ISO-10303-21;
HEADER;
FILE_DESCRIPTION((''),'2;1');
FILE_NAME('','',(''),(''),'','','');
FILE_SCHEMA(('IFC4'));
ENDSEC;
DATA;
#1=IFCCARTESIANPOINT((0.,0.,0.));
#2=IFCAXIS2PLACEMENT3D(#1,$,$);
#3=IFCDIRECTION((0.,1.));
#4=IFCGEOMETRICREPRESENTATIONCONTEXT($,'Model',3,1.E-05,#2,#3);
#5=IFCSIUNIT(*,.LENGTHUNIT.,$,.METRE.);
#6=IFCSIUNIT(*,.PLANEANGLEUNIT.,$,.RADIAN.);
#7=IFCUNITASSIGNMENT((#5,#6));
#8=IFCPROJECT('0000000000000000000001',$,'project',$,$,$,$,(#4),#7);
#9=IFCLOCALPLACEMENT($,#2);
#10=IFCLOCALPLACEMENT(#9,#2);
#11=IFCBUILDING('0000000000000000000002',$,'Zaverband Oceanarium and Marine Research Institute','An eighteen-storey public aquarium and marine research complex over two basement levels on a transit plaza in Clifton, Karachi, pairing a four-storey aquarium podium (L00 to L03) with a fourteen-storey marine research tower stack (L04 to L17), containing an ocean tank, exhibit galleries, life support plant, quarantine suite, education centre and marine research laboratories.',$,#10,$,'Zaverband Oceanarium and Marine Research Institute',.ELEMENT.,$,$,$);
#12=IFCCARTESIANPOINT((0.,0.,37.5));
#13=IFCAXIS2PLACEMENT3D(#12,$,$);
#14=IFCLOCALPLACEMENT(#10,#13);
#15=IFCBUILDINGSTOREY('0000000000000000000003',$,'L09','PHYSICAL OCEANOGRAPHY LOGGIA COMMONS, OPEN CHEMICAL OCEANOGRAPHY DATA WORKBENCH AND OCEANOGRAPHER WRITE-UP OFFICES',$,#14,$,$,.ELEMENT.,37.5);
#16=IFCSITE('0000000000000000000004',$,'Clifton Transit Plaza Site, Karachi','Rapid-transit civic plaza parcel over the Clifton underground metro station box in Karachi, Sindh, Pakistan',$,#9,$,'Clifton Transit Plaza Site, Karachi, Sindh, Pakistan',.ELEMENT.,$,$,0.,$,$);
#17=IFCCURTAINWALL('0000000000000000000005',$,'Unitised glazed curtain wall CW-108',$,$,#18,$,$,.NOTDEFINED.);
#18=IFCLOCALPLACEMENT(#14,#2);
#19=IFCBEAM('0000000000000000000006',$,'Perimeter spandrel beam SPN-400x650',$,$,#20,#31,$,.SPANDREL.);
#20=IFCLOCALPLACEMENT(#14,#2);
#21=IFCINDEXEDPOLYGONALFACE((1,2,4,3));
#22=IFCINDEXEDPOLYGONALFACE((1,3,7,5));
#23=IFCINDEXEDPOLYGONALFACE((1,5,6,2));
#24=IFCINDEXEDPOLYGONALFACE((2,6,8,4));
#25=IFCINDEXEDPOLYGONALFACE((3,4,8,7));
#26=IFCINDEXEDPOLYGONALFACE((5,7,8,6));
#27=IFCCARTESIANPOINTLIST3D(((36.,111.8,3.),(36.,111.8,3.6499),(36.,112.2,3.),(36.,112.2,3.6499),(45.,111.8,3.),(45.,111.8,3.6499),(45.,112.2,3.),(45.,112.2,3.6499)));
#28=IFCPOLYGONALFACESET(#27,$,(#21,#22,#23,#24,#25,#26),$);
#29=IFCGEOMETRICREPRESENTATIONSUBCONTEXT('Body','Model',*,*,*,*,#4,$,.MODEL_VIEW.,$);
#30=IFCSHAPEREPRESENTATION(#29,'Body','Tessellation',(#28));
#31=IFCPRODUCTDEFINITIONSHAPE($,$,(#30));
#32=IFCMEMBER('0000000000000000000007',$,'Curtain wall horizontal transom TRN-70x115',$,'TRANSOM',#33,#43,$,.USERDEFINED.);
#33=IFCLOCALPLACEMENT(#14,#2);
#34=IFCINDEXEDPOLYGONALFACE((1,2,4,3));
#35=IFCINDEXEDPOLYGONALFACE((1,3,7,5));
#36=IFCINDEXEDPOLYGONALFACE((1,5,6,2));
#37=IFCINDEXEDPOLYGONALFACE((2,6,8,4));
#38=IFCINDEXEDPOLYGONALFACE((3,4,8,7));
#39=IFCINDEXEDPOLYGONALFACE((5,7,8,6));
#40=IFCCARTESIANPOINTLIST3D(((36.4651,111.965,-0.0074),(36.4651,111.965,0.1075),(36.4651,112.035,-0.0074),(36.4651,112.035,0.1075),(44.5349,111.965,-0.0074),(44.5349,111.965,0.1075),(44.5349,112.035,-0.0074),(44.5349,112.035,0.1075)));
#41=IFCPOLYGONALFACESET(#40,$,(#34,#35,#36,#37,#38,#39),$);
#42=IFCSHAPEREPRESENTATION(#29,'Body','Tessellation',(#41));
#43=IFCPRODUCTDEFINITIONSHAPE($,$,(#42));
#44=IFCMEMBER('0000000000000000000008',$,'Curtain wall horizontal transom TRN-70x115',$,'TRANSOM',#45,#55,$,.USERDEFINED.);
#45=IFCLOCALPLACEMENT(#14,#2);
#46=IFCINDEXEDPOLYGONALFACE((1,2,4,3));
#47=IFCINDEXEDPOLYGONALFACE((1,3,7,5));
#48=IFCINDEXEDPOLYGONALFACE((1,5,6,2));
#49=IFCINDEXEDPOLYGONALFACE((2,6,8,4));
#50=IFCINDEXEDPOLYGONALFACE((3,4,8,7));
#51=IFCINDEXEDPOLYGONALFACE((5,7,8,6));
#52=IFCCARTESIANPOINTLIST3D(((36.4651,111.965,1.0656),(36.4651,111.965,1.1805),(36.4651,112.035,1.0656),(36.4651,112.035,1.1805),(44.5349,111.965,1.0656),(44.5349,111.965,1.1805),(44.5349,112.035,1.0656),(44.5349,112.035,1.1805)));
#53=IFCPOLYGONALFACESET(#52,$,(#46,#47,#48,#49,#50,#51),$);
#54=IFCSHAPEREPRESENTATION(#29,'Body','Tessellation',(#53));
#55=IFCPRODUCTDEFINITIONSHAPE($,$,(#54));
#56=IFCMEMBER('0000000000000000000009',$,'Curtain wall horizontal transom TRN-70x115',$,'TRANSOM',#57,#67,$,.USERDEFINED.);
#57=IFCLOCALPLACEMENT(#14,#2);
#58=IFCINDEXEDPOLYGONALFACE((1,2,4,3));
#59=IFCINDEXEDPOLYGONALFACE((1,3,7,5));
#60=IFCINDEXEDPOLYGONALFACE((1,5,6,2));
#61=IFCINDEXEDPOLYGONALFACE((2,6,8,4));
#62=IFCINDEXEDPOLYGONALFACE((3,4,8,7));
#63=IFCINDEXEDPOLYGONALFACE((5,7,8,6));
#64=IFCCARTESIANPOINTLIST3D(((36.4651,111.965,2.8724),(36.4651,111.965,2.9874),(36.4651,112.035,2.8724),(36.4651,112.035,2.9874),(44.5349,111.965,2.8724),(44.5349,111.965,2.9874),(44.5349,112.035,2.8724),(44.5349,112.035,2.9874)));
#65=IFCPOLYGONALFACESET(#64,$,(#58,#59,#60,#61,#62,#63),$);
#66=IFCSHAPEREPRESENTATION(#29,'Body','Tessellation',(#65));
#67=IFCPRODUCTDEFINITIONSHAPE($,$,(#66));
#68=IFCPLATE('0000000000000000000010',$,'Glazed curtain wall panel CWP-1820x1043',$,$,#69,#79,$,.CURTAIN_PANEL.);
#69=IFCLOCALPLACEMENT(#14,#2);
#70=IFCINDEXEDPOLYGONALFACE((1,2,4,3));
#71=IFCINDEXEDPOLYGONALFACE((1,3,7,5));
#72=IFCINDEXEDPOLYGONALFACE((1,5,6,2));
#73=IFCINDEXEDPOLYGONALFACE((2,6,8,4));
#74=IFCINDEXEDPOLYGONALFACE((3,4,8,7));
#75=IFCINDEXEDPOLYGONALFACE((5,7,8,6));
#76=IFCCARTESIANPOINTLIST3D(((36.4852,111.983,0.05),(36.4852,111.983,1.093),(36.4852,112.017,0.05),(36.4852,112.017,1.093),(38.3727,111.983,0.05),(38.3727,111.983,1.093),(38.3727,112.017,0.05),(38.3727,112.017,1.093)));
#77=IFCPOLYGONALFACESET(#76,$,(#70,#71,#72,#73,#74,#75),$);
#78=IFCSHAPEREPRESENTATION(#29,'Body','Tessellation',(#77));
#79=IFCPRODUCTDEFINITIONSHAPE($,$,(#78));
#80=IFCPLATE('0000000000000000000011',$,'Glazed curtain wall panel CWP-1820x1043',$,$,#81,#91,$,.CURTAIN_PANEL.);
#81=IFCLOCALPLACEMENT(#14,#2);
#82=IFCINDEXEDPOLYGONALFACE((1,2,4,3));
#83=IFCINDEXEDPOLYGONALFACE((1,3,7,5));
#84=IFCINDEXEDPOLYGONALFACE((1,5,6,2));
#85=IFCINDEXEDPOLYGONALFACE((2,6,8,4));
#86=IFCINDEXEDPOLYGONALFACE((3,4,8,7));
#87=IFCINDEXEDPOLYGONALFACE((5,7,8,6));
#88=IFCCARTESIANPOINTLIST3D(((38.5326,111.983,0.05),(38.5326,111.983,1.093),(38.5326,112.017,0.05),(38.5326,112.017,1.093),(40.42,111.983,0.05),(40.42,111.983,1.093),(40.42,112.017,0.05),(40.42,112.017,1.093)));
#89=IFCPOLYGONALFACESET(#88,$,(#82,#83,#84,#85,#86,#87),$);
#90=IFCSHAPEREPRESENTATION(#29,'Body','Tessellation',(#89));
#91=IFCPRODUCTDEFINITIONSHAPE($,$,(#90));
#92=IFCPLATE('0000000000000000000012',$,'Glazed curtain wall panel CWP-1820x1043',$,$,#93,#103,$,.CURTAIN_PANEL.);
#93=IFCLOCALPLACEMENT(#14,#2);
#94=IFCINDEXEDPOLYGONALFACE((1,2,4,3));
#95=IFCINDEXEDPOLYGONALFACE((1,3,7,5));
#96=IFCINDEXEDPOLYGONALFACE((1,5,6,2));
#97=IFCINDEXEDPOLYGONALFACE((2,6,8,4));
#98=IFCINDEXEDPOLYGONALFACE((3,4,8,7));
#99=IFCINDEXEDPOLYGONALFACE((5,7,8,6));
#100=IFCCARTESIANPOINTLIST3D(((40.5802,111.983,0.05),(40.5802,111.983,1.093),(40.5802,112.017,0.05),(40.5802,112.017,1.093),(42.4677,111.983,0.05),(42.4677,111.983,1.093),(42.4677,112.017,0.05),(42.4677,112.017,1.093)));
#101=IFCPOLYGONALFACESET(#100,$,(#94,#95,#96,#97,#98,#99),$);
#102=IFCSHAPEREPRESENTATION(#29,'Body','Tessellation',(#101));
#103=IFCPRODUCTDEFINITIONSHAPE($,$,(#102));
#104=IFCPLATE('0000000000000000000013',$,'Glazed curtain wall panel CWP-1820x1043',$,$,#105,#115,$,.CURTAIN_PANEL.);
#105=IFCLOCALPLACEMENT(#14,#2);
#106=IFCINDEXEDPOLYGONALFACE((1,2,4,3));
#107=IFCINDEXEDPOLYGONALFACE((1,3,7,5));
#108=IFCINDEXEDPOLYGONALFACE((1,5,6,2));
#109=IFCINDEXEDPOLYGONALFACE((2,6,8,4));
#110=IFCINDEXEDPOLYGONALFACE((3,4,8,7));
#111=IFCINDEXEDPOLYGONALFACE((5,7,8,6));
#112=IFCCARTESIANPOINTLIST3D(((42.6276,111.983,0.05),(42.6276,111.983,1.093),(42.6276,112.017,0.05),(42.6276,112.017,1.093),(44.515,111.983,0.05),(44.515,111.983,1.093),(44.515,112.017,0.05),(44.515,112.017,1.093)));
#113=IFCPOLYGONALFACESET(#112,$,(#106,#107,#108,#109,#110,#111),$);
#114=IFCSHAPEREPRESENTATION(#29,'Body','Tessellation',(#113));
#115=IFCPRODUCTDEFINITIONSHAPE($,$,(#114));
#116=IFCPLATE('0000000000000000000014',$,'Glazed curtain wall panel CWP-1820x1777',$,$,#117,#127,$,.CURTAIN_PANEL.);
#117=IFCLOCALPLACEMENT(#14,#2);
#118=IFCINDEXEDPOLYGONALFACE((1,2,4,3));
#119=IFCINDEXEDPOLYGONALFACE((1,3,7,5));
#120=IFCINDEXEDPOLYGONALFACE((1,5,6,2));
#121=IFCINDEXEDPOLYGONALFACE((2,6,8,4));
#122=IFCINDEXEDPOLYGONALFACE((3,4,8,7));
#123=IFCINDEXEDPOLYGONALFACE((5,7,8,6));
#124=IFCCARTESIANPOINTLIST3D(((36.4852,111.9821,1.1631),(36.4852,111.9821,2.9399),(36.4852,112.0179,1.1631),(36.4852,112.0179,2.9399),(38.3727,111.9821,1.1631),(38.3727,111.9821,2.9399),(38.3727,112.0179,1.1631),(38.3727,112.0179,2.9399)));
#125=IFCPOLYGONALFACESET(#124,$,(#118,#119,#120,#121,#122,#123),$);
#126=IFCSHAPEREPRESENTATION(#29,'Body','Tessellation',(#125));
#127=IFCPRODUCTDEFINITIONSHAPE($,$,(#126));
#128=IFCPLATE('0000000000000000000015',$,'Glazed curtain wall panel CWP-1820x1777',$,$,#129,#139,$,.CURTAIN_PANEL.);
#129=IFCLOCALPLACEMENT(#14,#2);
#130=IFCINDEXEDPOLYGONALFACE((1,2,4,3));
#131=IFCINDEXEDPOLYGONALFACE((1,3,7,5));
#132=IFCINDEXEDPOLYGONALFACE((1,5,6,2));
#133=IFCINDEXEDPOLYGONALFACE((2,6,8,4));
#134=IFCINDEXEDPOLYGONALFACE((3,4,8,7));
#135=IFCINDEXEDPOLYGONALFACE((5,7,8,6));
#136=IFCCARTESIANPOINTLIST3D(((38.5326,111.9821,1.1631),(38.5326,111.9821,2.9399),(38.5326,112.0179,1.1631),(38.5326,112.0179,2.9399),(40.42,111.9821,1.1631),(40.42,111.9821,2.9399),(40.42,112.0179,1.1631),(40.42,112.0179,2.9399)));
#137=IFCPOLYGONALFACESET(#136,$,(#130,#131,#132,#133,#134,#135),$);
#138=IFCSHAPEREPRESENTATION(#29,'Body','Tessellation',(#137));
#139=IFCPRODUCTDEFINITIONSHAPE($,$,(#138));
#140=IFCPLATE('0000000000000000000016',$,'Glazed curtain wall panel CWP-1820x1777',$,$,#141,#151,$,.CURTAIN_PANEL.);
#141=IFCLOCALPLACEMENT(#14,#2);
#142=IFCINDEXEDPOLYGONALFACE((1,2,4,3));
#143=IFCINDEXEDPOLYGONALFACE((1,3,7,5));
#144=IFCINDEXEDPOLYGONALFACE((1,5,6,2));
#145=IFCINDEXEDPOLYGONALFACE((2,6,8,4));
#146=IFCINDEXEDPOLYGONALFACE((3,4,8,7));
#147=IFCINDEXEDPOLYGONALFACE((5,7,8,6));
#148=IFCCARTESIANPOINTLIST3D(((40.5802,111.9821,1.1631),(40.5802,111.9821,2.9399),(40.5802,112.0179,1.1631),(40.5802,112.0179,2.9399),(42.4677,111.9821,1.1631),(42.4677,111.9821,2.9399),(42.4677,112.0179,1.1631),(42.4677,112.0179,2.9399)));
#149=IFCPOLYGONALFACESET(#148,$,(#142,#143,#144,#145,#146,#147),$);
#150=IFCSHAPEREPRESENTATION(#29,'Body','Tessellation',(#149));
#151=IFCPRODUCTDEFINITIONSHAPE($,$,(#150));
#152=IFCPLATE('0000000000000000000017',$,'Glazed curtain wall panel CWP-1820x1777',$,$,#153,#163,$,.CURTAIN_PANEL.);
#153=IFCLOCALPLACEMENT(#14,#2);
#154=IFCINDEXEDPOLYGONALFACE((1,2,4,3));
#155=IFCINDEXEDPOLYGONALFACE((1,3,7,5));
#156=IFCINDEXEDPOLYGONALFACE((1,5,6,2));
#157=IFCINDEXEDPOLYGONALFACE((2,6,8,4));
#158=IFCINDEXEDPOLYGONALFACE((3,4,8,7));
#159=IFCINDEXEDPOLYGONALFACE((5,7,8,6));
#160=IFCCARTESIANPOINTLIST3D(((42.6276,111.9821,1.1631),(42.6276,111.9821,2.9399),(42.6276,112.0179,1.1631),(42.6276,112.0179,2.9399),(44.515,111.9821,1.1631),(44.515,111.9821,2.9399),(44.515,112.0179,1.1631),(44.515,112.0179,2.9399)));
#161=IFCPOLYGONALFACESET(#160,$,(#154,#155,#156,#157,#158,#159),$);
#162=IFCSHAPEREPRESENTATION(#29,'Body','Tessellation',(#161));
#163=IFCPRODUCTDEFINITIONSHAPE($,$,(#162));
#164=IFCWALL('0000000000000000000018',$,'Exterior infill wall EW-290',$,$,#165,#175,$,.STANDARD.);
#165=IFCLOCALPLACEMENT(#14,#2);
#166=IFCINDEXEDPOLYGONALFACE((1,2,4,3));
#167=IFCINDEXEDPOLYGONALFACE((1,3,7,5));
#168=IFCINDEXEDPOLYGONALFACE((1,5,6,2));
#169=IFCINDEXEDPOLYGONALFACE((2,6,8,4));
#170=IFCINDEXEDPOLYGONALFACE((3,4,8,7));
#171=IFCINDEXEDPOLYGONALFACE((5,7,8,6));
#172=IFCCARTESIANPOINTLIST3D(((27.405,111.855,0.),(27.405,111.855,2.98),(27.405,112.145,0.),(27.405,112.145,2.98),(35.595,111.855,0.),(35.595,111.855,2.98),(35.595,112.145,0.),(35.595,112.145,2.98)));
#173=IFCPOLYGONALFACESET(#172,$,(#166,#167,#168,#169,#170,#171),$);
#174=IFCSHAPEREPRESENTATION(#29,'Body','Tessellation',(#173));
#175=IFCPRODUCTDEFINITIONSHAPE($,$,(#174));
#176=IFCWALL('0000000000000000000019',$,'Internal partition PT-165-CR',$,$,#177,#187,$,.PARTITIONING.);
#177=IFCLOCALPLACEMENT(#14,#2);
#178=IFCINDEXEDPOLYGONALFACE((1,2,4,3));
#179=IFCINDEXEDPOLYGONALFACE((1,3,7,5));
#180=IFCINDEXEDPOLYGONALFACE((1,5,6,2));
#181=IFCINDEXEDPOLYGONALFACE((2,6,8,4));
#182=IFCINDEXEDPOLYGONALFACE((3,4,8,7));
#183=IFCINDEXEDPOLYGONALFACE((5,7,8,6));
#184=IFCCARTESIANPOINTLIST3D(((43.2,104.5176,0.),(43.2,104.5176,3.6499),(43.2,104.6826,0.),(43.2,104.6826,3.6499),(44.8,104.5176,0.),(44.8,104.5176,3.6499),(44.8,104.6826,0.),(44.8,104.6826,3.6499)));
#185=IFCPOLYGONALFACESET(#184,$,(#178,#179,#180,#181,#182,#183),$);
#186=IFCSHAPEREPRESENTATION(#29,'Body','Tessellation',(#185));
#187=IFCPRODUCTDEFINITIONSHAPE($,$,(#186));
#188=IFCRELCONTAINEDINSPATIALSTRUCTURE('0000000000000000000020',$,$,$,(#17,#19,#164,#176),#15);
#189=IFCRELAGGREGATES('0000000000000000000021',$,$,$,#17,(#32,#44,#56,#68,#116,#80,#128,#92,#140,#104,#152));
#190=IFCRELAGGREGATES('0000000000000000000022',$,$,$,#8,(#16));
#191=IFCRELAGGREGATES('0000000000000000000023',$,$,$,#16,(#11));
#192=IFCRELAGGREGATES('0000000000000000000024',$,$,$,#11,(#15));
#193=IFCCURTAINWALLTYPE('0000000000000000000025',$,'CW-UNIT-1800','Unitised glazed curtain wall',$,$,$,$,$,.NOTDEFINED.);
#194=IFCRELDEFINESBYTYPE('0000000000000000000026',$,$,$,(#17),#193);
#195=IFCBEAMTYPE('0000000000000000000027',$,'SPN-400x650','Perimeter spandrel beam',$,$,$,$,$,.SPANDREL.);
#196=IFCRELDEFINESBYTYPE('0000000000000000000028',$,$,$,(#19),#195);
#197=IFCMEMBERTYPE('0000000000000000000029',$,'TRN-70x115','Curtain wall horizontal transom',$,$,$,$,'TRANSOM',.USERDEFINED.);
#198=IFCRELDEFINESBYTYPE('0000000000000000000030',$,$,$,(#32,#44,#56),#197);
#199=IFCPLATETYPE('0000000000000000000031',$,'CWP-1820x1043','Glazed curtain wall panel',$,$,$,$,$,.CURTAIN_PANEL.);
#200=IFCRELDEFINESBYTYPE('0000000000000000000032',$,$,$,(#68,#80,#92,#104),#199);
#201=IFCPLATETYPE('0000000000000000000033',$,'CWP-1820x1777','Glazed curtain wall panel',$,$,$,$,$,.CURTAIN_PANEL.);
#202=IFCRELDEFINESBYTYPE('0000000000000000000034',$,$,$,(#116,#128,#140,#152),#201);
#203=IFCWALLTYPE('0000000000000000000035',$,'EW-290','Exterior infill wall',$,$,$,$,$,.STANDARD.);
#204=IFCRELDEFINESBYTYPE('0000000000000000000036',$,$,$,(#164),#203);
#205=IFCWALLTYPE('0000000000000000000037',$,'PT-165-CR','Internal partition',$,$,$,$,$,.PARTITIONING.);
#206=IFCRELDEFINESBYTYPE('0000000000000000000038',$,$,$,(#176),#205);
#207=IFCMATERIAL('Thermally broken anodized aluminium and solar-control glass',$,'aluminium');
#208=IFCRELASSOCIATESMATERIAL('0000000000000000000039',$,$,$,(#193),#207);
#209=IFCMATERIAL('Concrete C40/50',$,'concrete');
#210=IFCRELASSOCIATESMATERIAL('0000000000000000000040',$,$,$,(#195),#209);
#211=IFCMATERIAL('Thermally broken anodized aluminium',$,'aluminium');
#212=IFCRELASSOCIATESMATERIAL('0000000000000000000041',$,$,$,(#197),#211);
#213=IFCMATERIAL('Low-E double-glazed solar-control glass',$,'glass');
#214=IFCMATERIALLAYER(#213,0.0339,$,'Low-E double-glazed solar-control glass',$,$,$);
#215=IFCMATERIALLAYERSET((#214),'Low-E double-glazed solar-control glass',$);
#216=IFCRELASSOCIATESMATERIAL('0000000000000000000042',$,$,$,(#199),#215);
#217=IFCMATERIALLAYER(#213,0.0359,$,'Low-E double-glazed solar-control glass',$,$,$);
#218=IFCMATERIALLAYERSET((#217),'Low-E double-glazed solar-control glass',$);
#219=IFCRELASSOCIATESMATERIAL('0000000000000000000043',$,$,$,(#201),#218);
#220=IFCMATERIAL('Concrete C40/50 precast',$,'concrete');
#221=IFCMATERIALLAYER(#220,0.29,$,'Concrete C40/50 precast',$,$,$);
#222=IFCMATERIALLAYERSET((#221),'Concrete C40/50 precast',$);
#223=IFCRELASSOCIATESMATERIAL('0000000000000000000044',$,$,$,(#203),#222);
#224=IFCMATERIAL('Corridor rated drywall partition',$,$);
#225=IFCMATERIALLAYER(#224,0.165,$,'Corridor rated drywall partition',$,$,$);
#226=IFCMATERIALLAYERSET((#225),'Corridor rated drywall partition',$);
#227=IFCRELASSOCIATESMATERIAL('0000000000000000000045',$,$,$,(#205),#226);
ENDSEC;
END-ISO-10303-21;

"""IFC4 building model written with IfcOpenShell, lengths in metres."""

from ifc_helpers import new_model, si_unit, direction, frame, frame_2d, origin, origin_2d, place, context, subcontext, project, spatial, rectangle, extrude, material, layer, layer_set, material_profile, profile_set, type_object, element, aggregate, save


model = new_model("IFC4")

# Units and contexts
model_context = context("Model", 3, precision=1e-05, world=origin(), true_north=direction((0.0, 1.0)))
body_context = subcontext(model_context, "Body", "Model", "MODEL_VIEW")
ifc_project = project(units=[si_unit("LENGTHUNIT", "METRE"), si_unit("PLANEANGLEUNIT", "RADIAN")], contexts=[model_context])

# Site, building, storey
site_placement = place(None, origin())
site = spatial("IfcSite", under=ifc_project, at=site_placement, Name="Clifton Transit Plaza Site, Karachi", Description="Rapid-transit civic plaza parcel over the Clifton underground metro station box in Karachi, Sindh, Pakistan", LongName="Clifton Transit Plaza Site, Karachi, Sindh, Pakistan", CompositionType="ELEMENT", RefElevation=0.0)
building_placement = place(site_placement, origin())
building = spatial("IfcBuilding", under=site, at=building_placement, Name="Zaverband Oceanarium and Marine Research Institute", Description="An eighteen-storey public aquarium and marine research complex over two basement levels on a transit plaza in Clifton, Karachi, pairing a four-storey aquarium podium (L00 to L03) with a fourteen-storey marine research tower stack (L04 to L17), containing an ocean tank, exhibit galleries, life support plant, quarantine suite, education centre and marine research laboratories.", LongName="Zaverband Oceanarium and Marine Research Institute", CompositionType="ELEMENT")
storey_placement = place(building_placement, frame((0.0, 0.0, 37.5)))
storey = spatial("IfcBuildingStorey", under=building, at=storey_placement, Name="L09", Description="PHYSICAL OCEANOGRAPHY LOGGIA COMMONS, OPEN CHEMICAL OCEANOGRAPHY DATA WORKBENCH AND OCEANOGRAPHER WRITE-UP OFFICES", CompositionType="ELEMENT", Elevation=37.5)

# Shared definitions
ifc_material_1 = material(Name="Concrete C40/50", Category="concrete")

# Curtain wall
ifc_material_2 = material(Name="Thermally broken anodized aluminium and solar-control glass", Category="aluminium")
curtain_wall_type = type_object("IfcCurtainWallType", Name="CW-UNIT-1800", Description="Unitised glazed curtain wall", PredefinedType="NOTDEFINED", material=ifc_material_2)
curtain_wall_placement = place(storey_placement, origin())
curtain_wall = element("IfcCurtainWall", 1, at=curtain_wall_placement, inside=storey, type_object=curtain_wall_type, Name="Unitised glazed curtain wall CW-108", PredefinedType="NOTDEFINED")
ifc_material_3 = material(Name="Thermally broken anodized aluminium", Category="aluminium")

# Beam
ifc_material_profile_1 = material_profile(ifc_material_1, rectangle(XDim=0.3999, YDim=0.6499, at=origin_2d()), Name="RC400x650")
ifc_profile_set_1 = profile_set([ifc_material_profile_1], Name="Concrete C40/50")
beam_type_1 = type_object("IfcBeamType", Name="SPN-400x650", Description="Perimeter spandrel beam", PredefinedType="SPANDREL", material=ifc_profile_set_1)
beam_1_placement = place(storey_placement, frame((36.0, 112.0, 3.325), z_axis=(1.0, 0.0, 0.0), x_axis=(0.0, 1.0, 0.0)))
element("IfcBeam", 2, at=beam_1_placement, inside=storey, type_object=beam_type_1, Name="Perimeter spandrel beam SPN-400x650", PredefinedType="SPANDREL", context=body_context, shape_type="SweptSolid", body=[
    extrude(rectangle(XDim=0.3999, YDim=0.6499, at=origin_2d()), origin(), (0.0, 0.0, 1.0), 9.0),
])

# Members
ifc_material_profile_2 = material_profile(ifc_material_3, rectangle(XDim=0.0701, YDim=0.115, at=origin_2d()), Name="AL-TRN-70x115")
ifc_profile_set_2 = profile_set([ifc_material_profile_2], Name="Thermally broken anodized aluminium")
member_type_1 = type_object("IfcMemberType", Name="TRN-70x115", Description="Curtain wall horizontal transom", ElementType="TRANSOM", PredefinedType="USERDEFINED", material=ifc_profile_set_2)
member_1_placement = place(storey_placement, frame((36.4651, 112.0, 0.05), z_axis=(1.0, 0.0, 0.0), x_axis=(0.0, 1.0, 0.0)))
member_1 = element("IfcMember", 3, at=member_1_placement, type_object=member_type_1, Name="Curtain wall horizontal transom TRN-70x115", ObjectType="TRANSOM", PredefinedType="USERDEFINED", context=body_context, shape_type="SweptSolid", body=[
    extrude(rectangle(XDim=0.0701, YDim=0.115, at=origin_2d()), origin(), (0.0, 0.0, 1.0), 8.0698),
])
member_2_placement = place(storey_placement, frame((36.4651, 112.0, 1.123), z_axis=(1.0, 0.0, 0.0), x_axis=(0.0, 1.0, 0.0)))
member_2 = element("IfcMember", 4, at=member_2_placement, type_object=member_type_1, Name="Curtain wall horizontal transom TRN-70x115", ObjectType="TRANSOM", PredefinedType="USERDEFINED", context=body_context, shape_type="SweptSolid", body=[
    extrude(rectangle(XDim=0.0701, YDim=0.115, at=origin_2d()), origin(), (0.0, 0.0, 1.0), 8.0698),
])
member_3_placement = place(storey_placement, frame((36.4651, 112.0, 2.9299), z_axis=(1.0, 0.0, 0.0), x_axis=(0.0, 1.0, 0.0)))
member_3 = element("IfcMember", 5, at=member_3_placement, type_object=member_type_1, Name="Curtain wall horizontal transom TRN-70x115", ObjectType="TRANSOM", PredefinedType="USERDEFINED", context=body_context, shape_type="SweptSolid", body=[
    extrude(rectangle(XDim=0.0701, YDim=0.115, at=origin_2d()), origin(), (0.0, 0.0, 1.0), 8.0698),
])

# Plates
ifc_material_4 = material(Name="Low-E double-glazed solar-control glass", Category="glass")
ifc_layer_1 = layer(ifc_material_4, 0.0339, Name="Low-E double-glazed solar-control glass")
ifc_layer_set_1 = layer_set([ifc_layer_1], Name="Low-E double-glazed solar-control glass")
plate_type_1 = type_object("IfcPlateType", Name="CWP-1820x1043", Description="Glazed curtain wall panel", PredefinedType="CURTAIN_PANEL", material=ifc_layer_set_1)
plate_1_placement = place(storey_placement, frame((36.4851, 112.0, 0.05), z_axis=(0.0, 0.0, 1.0), x_axis=(1.0, 0.0, 0.0)))
plate_1 = element("IfcPlate", 6, at=plate_1_placement, type_object=plate_type_1, Name="Glazed curtain wall panel CWP-1820x1043", PredefinedType="CURTAIN_PANEL", context=body_context, shape_type="SweptSolid", body=[
    extrude(rectangle(XDim=1.8875, YDim=0.0339, at=frame_2d((0.9438, 0.0))), origin(), (0.0, 0.0, 1.0), 1.043),
])
plate_2_placement = place(storey_placement, frame((38.5325, 112.0, 0.05), z_axis=(0.0, 0.0, 1.0), x_axis=(1.0, 0.0, 0.0)))
plate_2 = element("IfcPlate", 7, at=plate_2_placement, type_object=plate_type_1, Name="Glazed curtain wall panel CWP-1820x1043", PredefinedType="CURTAIN_PANEL", context=body_context, shape_type="SweptSolid", body=[
    extrude(rectangle(XDim=1.8875, YDim=0.0339, at=frame_2d((0.9438, 0.0))), origin(), (0.0, 0.0, 1.0), 1.043),
])
plate_3_placement = place(storey_placement, frame((40.5801, 112.0, 0.05), z_axis=(0.0, 0.0, 1.0), x_axis=(1.0, 0.0, 0.0)))
plate_3 = element("IfcPlate", 8, at=plate_3_placement, type_object=plate_type_1, Name="Glazed curtain wall panel CWP-1820x1043", PredefinedType="CURTAIN_PANEL", context=body_context, shape_type="SweptSolid", body=[
    extrude(rectangle(XDim=1.8875, YDim=0.0339, at=frame_2d((0.9438, 0.0))), origin(), (0.0, 0.0, 1.0), 1.043),
])
plate_4_placement = place(storey_placement, frame((42.6274, 112.0, 0.05), z_axis=(0.0, 0.0, 1.0), x_axis=(1.0, 0.0, 0.0)))
plate_4 = element("IfcPlate", 9, at=plate_4_placement, type_object=plate_type_1, Name="Glazed curtain wall panel CWP-1820x1043", PredefinedType="CURTAIN_PANEL", context=body_context, shape_type="SweptSolid", body=[
    extrude(rectangle(XDim=1.8875, YDim=0.0339, at=frame_2d((0.9438, 0.0))), origin(), (0.0, 0.0, 1.0), 1.043),
])
ifc_layer_2 = layer(ifc_material_4, 0.0359, Name="Low-E double-glazed solar-control glass")
ifc_layer_set_2 = layer_set([ifc_layer_2], Name="Low-E double-glazed solar-control glass")
plate_type_2 = type_object("IfcPlateType", Name="CWP-1820x1777", Description="Glazed curtain wall panel", PredefinedType="CURTAIN_PANEL", material=ifc_layer_set_2)
plate_5_placement = place(storey_placement, frame((36.4851, 112.0, 1.1631), z_axis=(0.0, 0.0, 1.0), x_axis=(1.0, 0.0, 0.0)))
plate_5 = element("IfcPlate", 10, at=plate_5_placement, type_object=plate_type_2, Name="Glazed curtain wall panel CWP-1820x1777", PredefinedType="CURTAIN_PANEL", context=body_context, shape_type="SweptSolid", body=[
    extrude(rectangle(XDim=1.8875, YDim=0.0359, at=frame_2d((0.9438, 0.0))), origin(), (0.0, 0.0, 1.0), 1.7769),
])
plate_6_placement = place(storey_placement, frame((38.5325, 112.0, 1.1631), z_axis=(0.0, 0.0, 1.0), x_axis=(1.0, 0.0, 0.0)))
plate_6 = element("IfcPlate", 11, at=plate_6_placement, type_object=plate_type_2, Name="Glazed curtain wall panel CWP-1820x1777", PredefinedType="CURTAIN_PANEL", context=body_context, shape_type="SweptSolid", body=[
    extrude(rectangle(XDim=1.8875, YDim=0.0359, at=frame_2d((0.9438, 0.0))), origin(), (0.0, 0.0, 1.0), 1.7769),
])
plate_7_placement = place(storey_placement, frame((40.5801, 112.0, 1.1631), z_axis=(0.0, 0.0, 1.0), x_axis=(1.0, 0.0, 0.0)))
plate_7 = element("IfcPlate", 12, at=plate_7_placement, type_object=plate_type_2, Name="Glazed curtain wall panel CWP-1820x1777", PredefinedType="CURTAIN_PANEL", context=body_context, shape_type="SweptSolid", body=[
    extrude(rectangle(XDim=1.8875, YDim=0.0359, at=frame_2d((0.9438, 0.0))), origin(), (0.0, 0.0, 1.0), 1.7769),
])
plate_8_placement = place(storey_placement, frame((42.6274, 112.0, 1.1631), z_axis=(0.0, 0.0, 1.0), x_axis=(1.0, 0.0, 0.0)))
plate_8 = element("IfcPlate", 13, at=plate_8_placement, type_object=plate_type_2, Name="Glazed curtain wall panel CWP-1820x1777", PredefinedType="CURTAIN_PANEL", context=body_context, shape_type="SweptSolid", body=[
    extrude(rectangle(XDim=1.8875, YDim=0.0359, at=frame_2d((0.9438, 0.0))), origin(), (0.0, 0.0, 1.0), 1.7769),
])
aggregate(curtain_wall, [member_1, member_2, member_3, plate_1, plate_5, plate_2, plate_6, plate_3, plate_7, plate_4, plate_8])

# Walls
ifc_material_5 = material(Name="Concrete C40/50 precast", Category="concrete")
ifc_layer_3 = layer(ifc_material_5, 0.29, Name="Concrete C40/50 precast")
ifc_layer_set_3 = layer_set([ifc_layer_3], Name="Concrete C40/50 precast")
wall_type_1 = type_object("IfcWallType", Name="EW-290", Description="Exterior infill wall", PredefinedType="STANDARD", material=ifc_layer_set_3)
wall_1_placement = place(storey_placement, frame((27.405, 112.0, 0.0), z_axis=(0.0, 0.0, 1.0), x_axis=(1.0, 0.0, 0.0)))
element("IfcWall", 14, at=wall_1_placement, inside=storey, type_object=wall_type_1, Name="Exterior infill wall EW-290", PredefinedType="STANDARD", context=body_context, shape_type="SweptSolid", body=[
    extrude(rectangle(XDim=8.1899, YDim=0.29, at=frame_2d((4.095, 0.0))), origin(), (0.0, 0.0, 1.0), 2.98),
])
ifc_material_6 = material(Name="Corridor rated drywall partition")
ifc_layer_4 = layer(ifc_material_6, 0.165, Name="Corridor rated drywall partition")
ifc_layer_set_4 = layer_set([ifc_layer_4], Name="Corridor rated drywall partition")
wall_type_2 = type_object("IfcWallType", Name="PT-165-CR", Description="Internal partition", PredefinedType="PARTITIONING", material=ifc_layer_set_4)
for number, where, z_axis, x_axis, name in (
    (15, (43.2, 104.6001, 0.0), (0.0, 0.0, 1.0), (1.0, 0.0, 0.0), "Internal partition PT-165-CR"),
):
    element("IfcWall", number, at=place(storey_placement, frame(where, z_axis=z_axis, x_axis=x_axis)), inside=storey, type_object=wall_type_2, Name=name, PredefinedType="PARTITIONING", context=body_context, shape_type="SweptSolid", body=[
        extrude(rectangle(XDim=1.6001, YDim=0.165, at=frame_2d((0.8, 0.0))), origin(), (0.0, 0.0, 1.0), 3.6499),
    ])

save(model, "model.ifc")
